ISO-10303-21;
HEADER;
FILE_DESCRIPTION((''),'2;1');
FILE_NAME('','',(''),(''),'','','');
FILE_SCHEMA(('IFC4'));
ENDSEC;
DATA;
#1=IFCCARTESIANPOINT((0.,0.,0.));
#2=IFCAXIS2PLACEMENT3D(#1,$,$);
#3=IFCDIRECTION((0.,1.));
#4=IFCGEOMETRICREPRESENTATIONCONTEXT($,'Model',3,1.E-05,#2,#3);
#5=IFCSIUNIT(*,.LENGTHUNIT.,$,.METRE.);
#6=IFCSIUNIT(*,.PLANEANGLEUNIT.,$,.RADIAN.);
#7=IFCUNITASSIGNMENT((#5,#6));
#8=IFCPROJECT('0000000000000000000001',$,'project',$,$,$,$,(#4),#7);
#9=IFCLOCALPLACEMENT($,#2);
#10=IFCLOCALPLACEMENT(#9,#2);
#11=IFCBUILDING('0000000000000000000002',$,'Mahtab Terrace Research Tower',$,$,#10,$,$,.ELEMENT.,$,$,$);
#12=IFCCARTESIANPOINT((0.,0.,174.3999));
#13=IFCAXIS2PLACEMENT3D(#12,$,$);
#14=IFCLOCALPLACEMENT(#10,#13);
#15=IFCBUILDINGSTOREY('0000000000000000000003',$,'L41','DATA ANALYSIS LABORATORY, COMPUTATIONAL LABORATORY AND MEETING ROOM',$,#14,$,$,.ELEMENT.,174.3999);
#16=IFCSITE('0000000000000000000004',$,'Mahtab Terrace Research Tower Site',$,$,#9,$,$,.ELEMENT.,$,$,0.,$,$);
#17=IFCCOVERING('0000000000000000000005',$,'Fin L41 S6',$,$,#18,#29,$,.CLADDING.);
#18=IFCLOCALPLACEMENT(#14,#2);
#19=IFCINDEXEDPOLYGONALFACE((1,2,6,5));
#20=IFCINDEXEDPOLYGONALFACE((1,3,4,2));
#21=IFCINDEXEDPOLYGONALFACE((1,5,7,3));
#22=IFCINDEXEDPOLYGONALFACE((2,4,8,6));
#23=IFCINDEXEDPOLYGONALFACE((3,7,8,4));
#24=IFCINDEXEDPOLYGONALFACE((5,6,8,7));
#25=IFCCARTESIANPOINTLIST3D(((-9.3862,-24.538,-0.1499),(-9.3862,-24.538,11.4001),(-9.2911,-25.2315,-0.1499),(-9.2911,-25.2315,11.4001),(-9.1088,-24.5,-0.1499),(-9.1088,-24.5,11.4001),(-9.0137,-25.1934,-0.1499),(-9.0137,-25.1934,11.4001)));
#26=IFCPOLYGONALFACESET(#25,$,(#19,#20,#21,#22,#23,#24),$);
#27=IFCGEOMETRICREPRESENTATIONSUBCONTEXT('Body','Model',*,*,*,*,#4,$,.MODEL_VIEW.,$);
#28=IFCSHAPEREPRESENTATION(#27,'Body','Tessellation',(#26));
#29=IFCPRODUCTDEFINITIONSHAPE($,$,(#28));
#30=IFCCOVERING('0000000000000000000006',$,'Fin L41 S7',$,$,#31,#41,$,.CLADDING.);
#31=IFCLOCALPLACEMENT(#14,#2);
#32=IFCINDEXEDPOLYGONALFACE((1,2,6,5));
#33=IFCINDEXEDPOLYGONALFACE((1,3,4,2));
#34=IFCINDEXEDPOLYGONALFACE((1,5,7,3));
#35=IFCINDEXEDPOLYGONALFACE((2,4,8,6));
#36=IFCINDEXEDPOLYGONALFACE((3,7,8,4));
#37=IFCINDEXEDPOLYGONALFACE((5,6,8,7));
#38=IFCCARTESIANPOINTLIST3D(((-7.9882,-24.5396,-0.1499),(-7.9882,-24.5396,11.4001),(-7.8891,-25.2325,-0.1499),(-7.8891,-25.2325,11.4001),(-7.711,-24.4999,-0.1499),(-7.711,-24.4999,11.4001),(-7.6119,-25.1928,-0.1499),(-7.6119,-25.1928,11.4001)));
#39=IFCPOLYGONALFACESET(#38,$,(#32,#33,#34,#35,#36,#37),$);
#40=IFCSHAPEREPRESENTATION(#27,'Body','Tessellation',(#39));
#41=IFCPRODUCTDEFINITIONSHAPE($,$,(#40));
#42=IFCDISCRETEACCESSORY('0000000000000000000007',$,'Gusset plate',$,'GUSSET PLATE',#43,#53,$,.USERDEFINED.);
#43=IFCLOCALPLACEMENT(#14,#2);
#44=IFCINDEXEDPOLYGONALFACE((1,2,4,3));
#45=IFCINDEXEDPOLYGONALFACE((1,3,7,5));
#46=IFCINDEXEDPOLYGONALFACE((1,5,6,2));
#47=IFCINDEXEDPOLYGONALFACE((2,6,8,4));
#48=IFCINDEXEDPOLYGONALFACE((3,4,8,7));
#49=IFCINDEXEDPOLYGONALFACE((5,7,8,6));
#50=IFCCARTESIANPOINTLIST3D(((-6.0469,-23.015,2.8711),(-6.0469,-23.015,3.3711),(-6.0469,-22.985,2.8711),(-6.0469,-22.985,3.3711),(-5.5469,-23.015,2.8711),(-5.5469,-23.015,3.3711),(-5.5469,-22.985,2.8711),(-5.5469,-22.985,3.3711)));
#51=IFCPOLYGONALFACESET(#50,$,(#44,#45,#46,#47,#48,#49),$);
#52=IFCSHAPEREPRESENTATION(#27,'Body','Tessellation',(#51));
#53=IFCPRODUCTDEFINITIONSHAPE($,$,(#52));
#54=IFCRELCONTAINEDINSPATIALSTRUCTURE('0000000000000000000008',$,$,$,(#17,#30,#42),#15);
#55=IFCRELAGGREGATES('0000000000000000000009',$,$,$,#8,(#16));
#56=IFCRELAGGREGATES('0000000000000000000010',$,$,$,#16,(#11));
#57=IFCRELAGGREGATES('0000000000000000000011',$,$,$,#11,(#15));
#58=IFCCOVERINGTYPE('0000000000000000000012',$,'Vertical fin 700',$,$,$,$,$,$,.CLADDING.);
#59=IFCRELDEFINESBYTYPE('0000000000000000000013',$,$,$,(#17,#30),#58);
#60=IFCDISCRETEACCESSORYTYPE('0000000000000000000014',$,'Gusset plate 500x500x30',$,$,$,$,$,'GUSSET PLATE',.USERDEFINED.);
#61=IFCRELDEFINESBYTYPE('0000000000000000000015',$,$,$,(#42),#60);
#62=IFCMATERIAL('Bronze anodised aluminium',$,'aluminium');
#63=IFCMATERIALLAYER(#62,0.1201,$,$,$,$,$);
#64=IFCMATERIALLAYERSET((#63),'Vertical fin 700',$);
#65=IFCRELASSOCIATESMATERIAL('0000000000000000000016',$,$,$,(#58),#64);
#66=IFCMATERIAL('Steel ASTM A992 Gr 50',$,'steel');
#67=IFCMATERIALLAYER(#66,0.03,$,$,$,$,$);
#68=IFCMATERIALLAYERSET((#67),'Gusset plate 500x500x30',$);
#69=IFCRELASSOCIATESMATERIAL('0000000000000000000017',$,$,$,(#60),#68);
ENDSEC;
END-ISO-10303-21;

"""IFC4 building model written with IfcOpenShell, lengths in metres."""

from ifc_helpers import new_model, si_unit, direction, frame, origin, origin_2d, place, context, subcontext, project, spatial, rectangle, extrude, material, layer, layer_set, type_object, element, save


model = new_model("IFC4")

# Units and contexts
model_context = context("Model", 3, precision=1e-05, world=origin(), true_north=direction((0.0, 1.0)))
body_context = subcontext(model_context, "Body", "Model", "MODEL_VIEW")
ifc_project = project(units=[si_unit("LENGTHUNIT", "METRE"), si_unit("PLANEANGLEUNIT", "RADIAN")], contexts=[model_context])

# Site, building, storey
site_placement = place(None, origin())
site = spatial("IfcSite", under=ifc_project, at=site_placement, Name="Mahtab Terrace Research Tower Site", CompositionType="ELEMENT", RefElevation=0.0)
building_placement = place(site_placement, origin())
building = spatial("IfcBuilding", under=site, at=building_placement, Name="Mahtab Terrace Research Tower", CompositionType="ELEMENT")
storey_placement = place(building_placement, frame((0.0, 0.0, 174.3999)))
storey = spatial("IfcBuildingStorey", under=building, at=storey_placement, Name="L41", Description="DATA ANALYSIS LABORATORY, COMPUTATIONAL LABORATORY AND MEETING ROOM", CompositionType="ELEMENT", Elevation=174.3999)

# Shared definitions
ifc_material_1 = material(Name="Steel ASTM A992 Gr 50", Category="steel")

# Coverings
ifc_material_2 = material(Name="Bronze anodised aluminium", Category="aluminium")
ifc_layer_1 = layer(ifc_material_2, 0.1201)
ifc_layer_set_1 = layer_set([ifc_layer_1], Name="Vertical fin 700")
covering_type = type_object("IfcCoveringType", Name="Vertical fin 700", PredefinedType="CLADDING", material=ifc_layer_set_1)
for number, where, z_axis, x_axis, name in (
    (1, (-9.2, -24.8657, -0.1499), (0.0, 0.0, 1.0), (0.990725, 0.13588, 0.0), "Fin L41 S6"),
    (2, (-7.8, -24.8662, -0.1499), (0.0, 0.0, 1.0), (0.989918, 0.141642, 0.0), "Fin L41 S7"),
):
    element("IfcCovering", number, at=place(storey_placement, frame(where, z_axis=z_axis, x_axis=x_axis)), inside=storey, type_object=covering_type, Name=name, PredefinedType="CLADDING", context=body_context, shape_type="SweptSolid", body=[
        extrude(rectangle(XDim=0.28, YDim=0.7, at=origin_2d()), origin(), (0.0, 0.0, 1.0), 11.55),
    ])

# Discrete accessory
ifc_layer_2 = layer(ifc_material_1, 0.03)
ifc_layer_set_2 = layer_set([ifc_layer_2], Name="Gusset plate 500x500x30")
discrete_accessory_type = type_object("IfcDiscreteAccessoryType", Name="Gusset plate 500x500x30", ElementType="GUSSET PLATE", PredefinedType="USERDEFINED", material=ifc_layer_set_2)
discrete_accessory_placement = place(storey_placement, frame((-5.7969, -23.0, 2.8711), z_axis=(0.0, 0.0, 1.0), x_axis=(1.0, 0.0, 0.0)))
element("IfcDiscreteAccessory", 3, at=discrete_accessory_placement, inside=storey, type_object=discrete_accessory_type, Name="Gusset plate", ObjectType="GUSSET PLATE", PredefinedType="USERDEFINED", context=body_context, shape_type="SweptSolid", body=[
    extrude(rectangle(XDim=0.5, YDim=0.03, at=origin_2d()), origin(), (0.0, 0.0, 1.0), 0.5),
])

save(model, "model.ifc")
